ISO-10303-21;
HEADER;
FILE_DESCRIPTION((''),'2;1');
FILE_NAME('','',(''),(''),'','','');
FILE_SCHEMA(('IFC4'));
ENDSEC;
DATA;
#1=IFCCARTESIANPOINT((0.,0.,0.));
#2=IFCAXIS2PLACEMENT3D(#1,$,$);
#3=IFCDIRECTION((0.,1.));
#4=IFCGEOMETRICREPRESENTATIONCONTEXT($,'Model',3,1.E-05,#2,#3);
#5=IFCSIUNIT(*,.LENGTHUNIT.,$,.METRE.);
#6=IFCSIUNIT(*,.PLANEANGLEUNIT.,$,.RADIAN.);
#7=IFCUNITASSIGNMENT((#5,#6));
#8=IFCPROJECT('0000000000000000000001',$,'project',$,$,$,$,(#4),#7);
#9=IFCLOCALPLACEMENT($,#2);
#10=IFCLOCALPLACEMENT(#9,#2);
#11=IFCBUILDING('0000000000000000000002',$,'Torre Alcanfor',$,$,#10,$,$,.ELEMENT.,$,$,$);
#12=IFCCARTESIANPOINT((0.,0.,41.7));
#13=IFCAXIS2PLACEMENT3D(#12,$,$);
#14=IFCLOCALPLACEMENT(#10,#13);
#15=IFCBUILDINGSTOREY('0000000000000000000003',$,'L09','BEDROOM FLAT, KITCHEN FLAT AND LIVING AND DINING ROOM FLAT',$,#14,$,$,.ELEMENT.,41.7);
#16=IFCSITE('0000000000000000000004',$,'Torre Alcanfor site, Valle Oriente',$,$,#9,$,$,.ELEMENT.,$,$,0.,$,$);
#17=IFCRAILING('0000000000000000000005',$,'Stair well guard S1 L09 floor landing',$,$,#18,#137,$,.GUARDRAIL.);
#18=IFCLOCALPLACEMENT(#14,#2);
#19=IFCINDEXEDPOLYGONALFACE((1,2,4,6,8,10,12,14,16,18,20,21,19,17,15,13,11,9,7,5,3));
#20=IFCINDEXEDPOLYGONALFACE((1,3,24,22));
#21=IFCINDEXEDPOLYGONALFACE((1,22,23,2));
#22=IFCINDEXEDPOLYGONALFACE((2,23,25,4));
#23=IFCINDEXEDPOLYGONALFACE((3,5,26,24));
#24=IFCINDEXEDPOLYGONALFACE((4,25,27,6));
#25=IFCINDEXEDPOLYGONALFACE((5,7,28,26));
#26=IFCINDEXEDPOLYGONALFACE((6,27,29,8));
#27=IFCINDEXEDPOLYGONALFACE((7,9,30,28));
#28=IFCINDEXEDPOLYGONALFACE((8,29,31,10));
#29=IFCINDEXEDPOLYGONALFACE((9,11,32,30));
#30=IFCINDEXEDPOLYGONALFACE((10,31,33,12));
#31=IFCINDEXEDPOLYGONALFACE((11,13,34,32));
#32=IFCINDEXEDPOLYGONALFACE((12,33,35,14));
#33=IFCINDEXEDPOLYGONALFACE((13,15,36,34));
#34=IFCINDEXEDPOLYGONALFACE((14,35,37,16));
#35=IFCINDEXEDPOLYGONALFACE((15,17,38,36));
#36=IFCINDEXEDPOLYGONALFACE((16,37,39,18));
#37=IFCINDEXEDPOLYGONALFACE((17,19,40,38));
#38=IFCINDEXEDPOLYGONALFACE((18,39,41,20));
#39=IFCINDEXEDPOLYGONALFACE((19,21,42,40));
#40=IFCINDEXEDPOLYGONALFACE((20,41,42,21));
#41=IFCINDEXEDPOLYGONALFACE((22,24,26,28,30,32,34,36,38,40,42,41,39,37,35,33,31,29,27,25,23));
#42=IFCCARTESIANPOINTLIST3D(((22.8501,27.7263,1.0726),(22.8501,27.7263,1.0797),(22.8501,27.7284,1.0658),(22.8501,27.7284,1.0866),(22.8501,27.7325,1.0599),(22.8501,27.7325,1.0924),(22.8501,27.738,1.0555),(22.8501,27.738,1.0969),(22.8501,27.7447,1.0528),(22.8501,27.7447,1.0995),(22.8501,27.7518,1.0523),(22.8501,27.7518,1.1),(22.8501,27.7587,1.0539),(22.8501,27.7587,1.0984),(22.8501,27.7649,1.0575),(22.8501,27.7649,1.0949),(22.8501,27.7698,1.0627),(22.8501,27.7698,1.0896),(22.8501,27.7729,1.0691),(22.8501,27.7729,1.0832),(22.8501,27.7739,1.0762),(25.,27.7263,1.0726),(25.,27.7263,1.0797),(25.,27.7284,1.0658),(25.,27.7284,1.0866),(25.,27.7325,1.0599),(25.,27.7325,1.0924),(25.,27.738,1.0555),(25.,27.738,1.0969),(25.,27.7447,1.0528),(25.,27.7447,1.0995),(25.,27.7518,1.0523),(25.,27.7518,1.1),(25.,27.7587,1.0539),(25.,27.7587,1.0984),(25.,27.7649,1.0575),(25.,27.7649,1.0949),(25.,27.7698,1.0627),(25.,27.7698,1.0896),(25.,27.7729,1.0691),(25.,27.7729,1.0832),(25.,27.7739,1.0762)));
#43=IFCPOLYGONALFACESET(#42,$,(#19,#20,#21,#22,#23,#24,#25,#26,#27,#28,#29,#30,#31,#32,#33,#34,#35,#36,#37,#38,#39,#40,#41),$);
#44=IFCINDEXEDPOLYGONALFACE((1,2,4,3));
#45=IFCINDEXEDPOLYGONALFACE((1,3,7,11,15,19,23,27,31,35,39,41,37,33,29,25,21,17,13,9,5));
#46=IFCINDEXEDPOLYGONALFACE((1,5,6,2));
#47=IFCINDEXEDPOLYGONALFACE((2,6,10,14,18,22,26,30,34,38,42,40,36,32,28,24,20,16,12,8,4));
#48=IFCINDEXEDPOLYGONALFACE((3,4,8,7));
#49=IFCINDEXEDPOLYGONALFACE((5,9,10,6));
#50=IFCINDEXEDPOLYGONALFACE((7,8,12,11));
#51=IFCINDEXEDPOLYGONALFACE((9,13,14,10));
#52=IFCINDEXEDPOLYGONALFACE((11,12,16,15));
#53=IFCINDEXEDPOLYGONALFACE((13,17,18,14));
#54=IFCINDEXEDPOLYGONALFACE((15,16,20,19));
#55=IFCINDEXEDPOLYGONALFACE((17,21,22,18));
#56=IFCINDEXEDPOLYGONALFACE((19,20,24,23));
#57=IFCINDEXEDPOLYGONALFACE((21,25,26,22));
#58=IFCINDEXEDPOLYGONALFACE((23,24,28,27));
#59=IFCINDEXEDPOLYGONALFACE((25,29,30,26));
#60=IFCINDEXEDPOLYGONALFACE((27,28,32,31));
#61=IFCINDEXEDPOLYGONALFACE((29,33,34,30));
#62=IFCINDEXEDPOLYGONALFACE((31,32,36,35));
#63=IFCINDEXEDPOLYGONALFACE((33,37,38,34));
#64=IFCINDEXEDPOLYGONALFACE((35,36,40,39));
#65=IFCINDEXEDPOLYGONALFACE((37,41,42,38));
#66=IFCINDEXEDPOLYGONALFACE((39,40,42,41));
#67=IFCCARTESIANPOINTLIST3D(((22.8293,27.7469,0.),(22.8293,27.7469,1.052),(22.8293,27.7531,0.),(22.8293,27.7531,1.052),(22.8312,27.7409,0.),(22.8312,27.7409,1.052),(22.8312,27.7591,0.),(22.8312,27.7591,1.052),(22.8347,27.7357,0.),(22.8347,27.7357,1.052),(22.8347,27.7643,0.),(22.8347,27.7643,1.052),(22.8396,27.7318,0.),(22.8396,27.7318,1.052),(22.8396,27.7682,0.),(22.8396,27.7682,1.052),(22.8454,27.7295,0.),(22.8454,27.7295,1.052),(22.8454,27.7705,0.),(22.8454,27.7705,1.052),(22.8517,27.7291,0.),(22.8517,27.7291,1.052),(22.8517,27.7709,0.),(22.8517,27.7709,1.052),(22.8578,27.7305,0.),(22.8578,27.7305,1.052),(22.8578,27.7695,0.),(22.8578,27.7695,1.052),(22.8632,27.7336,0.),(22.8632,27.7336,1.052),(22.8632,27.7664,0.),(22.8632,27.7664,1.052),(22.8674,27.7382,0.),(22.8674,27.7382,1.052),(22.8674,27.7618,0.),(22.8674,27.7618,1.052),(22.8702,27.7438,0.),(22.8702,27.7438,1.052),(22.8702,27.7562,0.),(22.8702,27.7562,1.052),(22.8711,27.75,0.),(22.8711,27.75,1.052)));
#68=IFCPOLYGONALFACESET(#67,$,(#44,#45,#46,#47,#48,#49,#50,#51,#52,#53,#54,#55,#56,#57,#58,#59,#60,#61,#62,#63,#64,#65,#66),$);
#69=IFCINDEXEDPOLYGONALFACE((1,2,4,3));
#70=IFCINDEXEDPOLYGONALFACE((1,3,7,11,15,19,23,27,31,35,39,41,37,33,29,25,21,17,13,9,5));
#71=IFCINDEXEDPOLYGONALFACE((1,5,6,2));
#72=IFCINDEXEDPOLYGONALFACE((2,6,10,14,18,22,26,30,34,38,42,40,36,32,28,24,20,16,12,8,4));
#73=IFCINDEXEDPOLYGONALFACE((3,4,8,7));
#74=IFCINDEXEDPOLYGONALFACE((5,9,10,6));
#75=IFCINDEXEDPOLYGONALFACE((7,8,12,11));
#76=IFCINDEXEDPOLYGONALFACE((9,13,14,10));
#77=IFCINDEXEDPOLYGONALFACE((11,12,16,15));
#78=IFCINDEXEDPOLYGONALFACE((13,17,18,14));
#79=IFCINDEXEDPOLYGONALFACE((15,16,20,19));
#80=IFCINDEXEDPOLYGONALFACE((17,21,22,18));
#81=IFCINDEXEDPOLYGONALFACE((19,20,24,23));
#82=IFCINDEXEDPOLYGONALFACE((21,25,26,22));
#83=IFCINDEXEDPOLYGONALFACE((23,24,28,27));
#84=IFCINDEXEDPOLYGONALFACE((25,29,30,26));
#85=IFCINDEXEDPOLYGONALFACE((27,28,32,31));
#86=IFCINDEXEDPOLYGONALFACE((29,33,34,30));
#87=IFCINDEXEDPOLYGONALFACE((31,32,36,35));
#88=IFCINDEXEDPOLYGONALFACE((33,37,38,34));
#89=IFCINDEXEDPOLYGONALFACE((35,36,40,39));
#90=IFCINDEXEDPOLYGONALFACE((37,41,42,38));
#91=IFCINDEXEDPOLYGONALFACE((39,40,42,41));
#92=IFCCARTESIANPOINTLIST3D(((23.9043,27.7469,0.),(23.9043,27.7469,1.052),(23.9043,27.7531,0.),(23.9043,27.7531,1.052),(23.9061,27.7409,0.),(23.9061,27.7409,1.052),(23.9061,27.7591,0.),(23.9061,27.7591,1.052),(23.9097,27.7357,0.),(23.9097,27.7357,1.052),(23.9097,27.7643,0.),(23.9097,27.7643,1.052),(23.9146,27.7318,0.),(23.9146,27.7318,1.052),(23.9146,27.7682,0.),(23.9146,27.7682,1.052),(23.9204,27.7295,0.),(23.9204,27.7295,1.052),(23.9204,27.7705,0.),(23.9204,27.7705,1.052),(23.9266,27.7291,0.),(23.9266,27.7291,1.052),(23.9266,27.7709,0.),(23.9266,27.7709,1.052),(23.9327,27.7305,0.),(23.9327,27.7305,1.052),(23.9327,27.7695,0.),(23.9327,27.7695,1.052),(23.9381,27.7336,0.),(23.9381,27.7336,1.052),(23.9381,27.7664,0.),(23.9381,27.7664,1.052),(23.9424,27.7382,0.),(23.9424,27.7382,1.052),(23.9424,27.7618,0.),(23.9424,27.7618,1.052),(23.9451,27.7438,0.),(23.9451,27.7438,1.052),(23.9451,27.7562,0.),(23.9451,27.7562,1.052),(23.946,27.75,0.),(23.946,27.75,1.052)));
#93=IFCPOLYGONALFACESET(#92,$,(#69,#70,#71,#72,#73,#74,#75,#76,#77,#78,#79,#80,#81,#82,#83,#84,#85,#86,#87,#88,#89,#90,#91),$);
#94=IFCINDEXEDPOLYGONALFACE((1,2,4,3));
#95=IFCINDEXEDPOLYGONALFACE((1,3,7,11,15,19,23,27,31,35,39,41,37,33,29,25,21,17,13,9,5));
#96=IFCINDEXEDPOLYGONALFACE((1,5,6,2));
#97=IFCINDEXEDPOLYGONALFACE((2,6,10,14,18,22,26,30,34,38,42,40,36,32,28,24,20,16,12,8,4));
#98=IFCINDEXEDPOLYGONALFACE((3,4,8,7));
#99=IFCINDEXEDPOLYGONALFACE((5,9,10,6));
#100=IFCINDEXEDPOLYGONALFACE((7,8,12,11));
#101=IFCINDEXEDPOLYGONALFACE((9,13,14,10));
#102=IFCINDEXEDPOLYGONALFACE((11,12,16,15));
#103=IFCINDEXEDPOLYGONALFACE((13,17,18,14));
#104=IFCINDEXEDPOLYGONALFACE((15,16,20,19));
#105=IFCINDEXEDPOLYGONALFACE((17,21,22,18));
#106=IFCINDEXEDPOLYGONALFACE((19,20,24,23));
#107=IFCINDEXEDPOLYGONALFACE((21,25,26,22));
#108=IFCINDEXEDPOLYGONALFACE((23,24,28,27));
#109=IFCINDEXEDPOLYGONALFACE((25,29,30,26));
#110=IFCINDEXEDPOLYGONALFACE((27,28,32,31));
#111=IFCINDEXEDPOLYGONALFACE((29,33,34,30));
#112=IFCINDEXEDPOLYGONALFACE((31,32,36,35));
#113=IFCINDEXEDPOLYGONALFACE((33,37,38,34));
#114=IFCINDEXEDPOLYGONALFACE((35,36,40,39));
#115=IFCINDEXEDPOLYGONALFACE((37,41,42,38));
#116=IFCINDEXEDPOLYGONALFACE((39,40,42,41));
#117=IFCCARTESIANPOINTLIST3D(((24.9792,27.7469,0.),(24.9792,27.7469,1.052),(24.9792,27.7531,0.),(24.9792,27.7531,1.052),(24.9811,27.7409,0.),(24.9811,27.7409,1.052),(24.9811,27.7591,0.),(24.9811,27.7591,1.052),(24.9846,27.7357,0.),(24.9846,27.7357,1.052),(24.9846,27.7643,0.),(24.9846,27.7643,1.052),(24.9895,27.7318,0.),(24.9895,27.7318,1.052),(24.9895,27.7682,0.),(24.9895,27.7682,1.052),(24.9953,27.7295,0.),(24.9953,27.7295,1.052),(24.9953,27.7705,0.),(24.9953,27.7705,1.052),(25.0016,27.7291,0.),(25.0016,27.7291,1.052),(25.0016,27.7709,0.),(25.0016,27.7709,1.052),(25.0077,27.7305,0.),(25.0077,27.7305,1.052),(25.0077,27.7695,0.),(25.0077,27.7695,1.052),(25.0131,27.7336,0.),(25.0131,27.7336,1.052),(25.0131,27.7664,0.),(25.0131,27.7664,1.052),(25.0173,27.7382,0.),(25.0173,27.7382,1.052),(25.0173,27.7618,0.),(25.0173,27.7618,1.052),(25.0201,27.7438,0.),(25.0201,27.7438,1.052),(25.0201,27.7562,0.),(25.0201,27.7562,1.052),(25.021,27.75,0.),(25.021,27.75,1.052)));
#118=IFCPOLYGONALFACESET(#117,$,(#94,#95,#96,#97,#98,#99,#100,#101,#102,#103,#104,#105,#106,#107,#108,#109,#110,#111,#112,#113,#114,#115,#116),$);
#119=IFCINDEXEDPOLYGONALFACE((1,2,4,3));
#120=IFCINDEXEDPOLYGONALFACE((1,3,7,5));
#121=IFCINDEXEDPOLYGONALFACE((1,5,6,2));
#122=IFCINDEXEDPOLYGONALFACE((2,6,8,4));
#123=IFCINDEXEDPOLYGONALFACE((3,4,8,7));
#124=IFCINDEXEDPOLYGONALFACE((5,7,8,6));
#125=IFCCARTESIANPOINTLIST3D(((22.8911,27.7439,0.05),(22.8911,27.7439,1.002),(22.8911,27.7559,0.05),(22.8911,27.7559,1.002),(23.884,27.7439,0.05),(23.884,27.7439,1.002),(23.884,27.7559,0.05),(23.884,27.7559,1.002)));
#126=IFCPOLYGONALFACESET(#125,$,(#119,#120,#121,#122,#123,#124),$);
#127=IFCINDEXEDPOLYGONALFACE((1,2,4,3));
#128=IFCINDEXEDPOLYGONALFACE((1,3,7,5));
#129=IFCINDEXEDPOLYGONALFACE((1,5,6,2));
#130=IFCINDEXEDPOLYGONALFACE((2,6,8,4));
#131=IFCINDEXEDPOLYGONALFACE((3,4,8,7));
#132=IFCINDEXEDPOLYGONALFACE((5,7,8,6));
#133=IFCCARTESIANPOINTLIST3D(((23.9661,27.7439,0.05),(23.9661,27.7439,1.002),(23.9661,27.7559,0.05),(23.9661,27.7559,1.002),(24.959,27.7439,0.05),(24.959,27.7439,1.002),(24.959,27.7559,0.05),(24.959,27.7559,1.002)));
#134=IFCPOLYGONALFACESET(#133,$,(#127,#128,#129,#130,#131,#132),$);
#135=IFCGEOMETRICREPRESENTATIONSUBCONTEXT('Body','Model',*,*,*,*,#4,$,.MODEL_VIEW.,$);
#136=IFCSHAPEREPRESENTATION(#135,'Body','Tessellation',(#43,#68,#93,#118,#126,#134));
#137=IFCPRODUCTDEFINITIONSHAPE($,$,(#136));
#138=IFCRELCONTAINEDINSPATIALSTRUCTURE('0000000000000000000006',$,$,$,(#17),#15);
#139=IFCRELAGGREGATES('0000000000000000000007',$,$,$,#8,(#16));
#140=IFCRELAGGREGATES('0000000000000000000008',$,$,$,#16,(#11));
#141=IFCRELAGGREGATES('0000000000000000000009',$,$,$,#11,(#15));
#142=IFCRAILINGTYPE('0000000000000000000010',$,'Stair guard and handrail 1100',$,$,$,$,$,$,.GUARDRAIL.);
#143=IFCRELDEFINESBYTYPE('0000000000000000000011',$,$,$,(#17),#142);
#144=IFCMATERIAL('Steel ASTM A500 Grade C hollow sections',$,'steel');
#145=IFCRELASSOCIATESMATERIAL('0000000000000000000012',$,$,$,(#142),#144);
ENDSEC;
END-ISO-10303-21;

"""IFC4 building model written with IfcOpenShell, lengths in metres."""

from ifc_helpers import new_model, si_unit, direction, frame, origin, origin_2d, place, context, subcontext, project, spatial, polyline, circle, outline, extrude, material, type_object, element, save


model = new_model("IFC4")

# Units and contexts
model_context = context("Model", 3, precision=1e-05, world=origin(), true_north=direction((0.0, 1.0)))
body_context = subcontext(model_context, "Body", "Model", "MODEL_VIEW")
ifc_project = project(units=[si_unit("LENGTHUNIT", "METRE"), si_unit("PLANEANGLEUNIT", "RADIAN")], contexts=[model_context])

# Site, building, storey
site_placement = place(None, origin())
site = spatial("IfcSite", under=ifc_project, at=site_placement, Name="Torre Alcanfor site, Valle Oriente", CompositionType="ELEMENT", RefElevation=0.0)
building_placement = place(site_placement, origin())
building = spatial("IfcBuilding", under=site, at=building_placement, Name="Torre Alcanfor", CompositionType="ELEMENT")
storey_placement = place(building_placement, frame((0.0, 0.0, 41.7)))
storey = spatial("IfcBuildingStorey", under=building, at=storey_placement, Name="L09", Description="BEDROOM FLAT, KITCHEN FLAT AND LIVING AND DINING ROOM FLAT", CompositionType="ELEMENT", Elevation=41.7)

# Railing
ifc_material_1 = material(Name="Steel ASTM A500 Grade C hollow sections", Category="steel")
railing_type_1 = type_object("IfcRailingType", Name="Stair guard and handrail 1100", PredefinedType="GUARDRAIL", material=ifc_material_1)
railing_1_placement = place(storey_placement, frame((22.8501, 27.75, 0.0)))
element("IfcRailing", 1, at=railing_1_placement, inside=storey, type_object=railing_type_1, Name="Stair well guard S1 L09 floor landing", PredefinedType="GUARDRAIL", context=body_context, shape_type="SweptSolid", body=[
    extrude(circle(Radius=0.0239, at=origin_2d()), frame((0.0, 0.0, 1.0762), z_axis=(1.0, 0.0, 0.0), x_axis=(0.0, 1.0, 0.0)), (0.0, 0.0, 1.0), 2.1499),
    extrude(circle(Radius=0.021, at=origin_2d()), origin(), (0.0, 0.0, 1.0), 1.052),
    extrude(circle(Radius=0.021, at=origin_2d()), frame((1.075, 0.0, 0.0)), (0.0, 0.0, 1.0), 1.052),
    extrude(circle(Radius=0.021, at=origin_2d()), frame((2.1499, 0.0, 0.0)), (0.0, 0.0, 1.0), 1.052),
    extrude(outline(polyline([(0.041, 0.05), (1.0339, 0.05), (1.0339, 1.002), (0.041, 1.002), (0.041, 0.05)])), frame((0.0, 0.0059, 0.0), z_axis=(0.0, -1.0, 0.0), x_axis=(1.0, 0.0, 0.0)), (0.0, 0.0, 1.0), 0.012),
    extrude(outline(polyline([(1.116, 0.05), (2.1089, 0.05), (2.1089, 1.002), (1.116, 1.002), (1.116, 0.05)])), frame((0.0, 0.0059, 0.0), z_axis=(0.0, -1.0, 0.0), x_axis=(1.0, 0.0, 0.0)), (0.0, 0.0, 1.0), 0.012),
])

save(model, "model.ifc")
